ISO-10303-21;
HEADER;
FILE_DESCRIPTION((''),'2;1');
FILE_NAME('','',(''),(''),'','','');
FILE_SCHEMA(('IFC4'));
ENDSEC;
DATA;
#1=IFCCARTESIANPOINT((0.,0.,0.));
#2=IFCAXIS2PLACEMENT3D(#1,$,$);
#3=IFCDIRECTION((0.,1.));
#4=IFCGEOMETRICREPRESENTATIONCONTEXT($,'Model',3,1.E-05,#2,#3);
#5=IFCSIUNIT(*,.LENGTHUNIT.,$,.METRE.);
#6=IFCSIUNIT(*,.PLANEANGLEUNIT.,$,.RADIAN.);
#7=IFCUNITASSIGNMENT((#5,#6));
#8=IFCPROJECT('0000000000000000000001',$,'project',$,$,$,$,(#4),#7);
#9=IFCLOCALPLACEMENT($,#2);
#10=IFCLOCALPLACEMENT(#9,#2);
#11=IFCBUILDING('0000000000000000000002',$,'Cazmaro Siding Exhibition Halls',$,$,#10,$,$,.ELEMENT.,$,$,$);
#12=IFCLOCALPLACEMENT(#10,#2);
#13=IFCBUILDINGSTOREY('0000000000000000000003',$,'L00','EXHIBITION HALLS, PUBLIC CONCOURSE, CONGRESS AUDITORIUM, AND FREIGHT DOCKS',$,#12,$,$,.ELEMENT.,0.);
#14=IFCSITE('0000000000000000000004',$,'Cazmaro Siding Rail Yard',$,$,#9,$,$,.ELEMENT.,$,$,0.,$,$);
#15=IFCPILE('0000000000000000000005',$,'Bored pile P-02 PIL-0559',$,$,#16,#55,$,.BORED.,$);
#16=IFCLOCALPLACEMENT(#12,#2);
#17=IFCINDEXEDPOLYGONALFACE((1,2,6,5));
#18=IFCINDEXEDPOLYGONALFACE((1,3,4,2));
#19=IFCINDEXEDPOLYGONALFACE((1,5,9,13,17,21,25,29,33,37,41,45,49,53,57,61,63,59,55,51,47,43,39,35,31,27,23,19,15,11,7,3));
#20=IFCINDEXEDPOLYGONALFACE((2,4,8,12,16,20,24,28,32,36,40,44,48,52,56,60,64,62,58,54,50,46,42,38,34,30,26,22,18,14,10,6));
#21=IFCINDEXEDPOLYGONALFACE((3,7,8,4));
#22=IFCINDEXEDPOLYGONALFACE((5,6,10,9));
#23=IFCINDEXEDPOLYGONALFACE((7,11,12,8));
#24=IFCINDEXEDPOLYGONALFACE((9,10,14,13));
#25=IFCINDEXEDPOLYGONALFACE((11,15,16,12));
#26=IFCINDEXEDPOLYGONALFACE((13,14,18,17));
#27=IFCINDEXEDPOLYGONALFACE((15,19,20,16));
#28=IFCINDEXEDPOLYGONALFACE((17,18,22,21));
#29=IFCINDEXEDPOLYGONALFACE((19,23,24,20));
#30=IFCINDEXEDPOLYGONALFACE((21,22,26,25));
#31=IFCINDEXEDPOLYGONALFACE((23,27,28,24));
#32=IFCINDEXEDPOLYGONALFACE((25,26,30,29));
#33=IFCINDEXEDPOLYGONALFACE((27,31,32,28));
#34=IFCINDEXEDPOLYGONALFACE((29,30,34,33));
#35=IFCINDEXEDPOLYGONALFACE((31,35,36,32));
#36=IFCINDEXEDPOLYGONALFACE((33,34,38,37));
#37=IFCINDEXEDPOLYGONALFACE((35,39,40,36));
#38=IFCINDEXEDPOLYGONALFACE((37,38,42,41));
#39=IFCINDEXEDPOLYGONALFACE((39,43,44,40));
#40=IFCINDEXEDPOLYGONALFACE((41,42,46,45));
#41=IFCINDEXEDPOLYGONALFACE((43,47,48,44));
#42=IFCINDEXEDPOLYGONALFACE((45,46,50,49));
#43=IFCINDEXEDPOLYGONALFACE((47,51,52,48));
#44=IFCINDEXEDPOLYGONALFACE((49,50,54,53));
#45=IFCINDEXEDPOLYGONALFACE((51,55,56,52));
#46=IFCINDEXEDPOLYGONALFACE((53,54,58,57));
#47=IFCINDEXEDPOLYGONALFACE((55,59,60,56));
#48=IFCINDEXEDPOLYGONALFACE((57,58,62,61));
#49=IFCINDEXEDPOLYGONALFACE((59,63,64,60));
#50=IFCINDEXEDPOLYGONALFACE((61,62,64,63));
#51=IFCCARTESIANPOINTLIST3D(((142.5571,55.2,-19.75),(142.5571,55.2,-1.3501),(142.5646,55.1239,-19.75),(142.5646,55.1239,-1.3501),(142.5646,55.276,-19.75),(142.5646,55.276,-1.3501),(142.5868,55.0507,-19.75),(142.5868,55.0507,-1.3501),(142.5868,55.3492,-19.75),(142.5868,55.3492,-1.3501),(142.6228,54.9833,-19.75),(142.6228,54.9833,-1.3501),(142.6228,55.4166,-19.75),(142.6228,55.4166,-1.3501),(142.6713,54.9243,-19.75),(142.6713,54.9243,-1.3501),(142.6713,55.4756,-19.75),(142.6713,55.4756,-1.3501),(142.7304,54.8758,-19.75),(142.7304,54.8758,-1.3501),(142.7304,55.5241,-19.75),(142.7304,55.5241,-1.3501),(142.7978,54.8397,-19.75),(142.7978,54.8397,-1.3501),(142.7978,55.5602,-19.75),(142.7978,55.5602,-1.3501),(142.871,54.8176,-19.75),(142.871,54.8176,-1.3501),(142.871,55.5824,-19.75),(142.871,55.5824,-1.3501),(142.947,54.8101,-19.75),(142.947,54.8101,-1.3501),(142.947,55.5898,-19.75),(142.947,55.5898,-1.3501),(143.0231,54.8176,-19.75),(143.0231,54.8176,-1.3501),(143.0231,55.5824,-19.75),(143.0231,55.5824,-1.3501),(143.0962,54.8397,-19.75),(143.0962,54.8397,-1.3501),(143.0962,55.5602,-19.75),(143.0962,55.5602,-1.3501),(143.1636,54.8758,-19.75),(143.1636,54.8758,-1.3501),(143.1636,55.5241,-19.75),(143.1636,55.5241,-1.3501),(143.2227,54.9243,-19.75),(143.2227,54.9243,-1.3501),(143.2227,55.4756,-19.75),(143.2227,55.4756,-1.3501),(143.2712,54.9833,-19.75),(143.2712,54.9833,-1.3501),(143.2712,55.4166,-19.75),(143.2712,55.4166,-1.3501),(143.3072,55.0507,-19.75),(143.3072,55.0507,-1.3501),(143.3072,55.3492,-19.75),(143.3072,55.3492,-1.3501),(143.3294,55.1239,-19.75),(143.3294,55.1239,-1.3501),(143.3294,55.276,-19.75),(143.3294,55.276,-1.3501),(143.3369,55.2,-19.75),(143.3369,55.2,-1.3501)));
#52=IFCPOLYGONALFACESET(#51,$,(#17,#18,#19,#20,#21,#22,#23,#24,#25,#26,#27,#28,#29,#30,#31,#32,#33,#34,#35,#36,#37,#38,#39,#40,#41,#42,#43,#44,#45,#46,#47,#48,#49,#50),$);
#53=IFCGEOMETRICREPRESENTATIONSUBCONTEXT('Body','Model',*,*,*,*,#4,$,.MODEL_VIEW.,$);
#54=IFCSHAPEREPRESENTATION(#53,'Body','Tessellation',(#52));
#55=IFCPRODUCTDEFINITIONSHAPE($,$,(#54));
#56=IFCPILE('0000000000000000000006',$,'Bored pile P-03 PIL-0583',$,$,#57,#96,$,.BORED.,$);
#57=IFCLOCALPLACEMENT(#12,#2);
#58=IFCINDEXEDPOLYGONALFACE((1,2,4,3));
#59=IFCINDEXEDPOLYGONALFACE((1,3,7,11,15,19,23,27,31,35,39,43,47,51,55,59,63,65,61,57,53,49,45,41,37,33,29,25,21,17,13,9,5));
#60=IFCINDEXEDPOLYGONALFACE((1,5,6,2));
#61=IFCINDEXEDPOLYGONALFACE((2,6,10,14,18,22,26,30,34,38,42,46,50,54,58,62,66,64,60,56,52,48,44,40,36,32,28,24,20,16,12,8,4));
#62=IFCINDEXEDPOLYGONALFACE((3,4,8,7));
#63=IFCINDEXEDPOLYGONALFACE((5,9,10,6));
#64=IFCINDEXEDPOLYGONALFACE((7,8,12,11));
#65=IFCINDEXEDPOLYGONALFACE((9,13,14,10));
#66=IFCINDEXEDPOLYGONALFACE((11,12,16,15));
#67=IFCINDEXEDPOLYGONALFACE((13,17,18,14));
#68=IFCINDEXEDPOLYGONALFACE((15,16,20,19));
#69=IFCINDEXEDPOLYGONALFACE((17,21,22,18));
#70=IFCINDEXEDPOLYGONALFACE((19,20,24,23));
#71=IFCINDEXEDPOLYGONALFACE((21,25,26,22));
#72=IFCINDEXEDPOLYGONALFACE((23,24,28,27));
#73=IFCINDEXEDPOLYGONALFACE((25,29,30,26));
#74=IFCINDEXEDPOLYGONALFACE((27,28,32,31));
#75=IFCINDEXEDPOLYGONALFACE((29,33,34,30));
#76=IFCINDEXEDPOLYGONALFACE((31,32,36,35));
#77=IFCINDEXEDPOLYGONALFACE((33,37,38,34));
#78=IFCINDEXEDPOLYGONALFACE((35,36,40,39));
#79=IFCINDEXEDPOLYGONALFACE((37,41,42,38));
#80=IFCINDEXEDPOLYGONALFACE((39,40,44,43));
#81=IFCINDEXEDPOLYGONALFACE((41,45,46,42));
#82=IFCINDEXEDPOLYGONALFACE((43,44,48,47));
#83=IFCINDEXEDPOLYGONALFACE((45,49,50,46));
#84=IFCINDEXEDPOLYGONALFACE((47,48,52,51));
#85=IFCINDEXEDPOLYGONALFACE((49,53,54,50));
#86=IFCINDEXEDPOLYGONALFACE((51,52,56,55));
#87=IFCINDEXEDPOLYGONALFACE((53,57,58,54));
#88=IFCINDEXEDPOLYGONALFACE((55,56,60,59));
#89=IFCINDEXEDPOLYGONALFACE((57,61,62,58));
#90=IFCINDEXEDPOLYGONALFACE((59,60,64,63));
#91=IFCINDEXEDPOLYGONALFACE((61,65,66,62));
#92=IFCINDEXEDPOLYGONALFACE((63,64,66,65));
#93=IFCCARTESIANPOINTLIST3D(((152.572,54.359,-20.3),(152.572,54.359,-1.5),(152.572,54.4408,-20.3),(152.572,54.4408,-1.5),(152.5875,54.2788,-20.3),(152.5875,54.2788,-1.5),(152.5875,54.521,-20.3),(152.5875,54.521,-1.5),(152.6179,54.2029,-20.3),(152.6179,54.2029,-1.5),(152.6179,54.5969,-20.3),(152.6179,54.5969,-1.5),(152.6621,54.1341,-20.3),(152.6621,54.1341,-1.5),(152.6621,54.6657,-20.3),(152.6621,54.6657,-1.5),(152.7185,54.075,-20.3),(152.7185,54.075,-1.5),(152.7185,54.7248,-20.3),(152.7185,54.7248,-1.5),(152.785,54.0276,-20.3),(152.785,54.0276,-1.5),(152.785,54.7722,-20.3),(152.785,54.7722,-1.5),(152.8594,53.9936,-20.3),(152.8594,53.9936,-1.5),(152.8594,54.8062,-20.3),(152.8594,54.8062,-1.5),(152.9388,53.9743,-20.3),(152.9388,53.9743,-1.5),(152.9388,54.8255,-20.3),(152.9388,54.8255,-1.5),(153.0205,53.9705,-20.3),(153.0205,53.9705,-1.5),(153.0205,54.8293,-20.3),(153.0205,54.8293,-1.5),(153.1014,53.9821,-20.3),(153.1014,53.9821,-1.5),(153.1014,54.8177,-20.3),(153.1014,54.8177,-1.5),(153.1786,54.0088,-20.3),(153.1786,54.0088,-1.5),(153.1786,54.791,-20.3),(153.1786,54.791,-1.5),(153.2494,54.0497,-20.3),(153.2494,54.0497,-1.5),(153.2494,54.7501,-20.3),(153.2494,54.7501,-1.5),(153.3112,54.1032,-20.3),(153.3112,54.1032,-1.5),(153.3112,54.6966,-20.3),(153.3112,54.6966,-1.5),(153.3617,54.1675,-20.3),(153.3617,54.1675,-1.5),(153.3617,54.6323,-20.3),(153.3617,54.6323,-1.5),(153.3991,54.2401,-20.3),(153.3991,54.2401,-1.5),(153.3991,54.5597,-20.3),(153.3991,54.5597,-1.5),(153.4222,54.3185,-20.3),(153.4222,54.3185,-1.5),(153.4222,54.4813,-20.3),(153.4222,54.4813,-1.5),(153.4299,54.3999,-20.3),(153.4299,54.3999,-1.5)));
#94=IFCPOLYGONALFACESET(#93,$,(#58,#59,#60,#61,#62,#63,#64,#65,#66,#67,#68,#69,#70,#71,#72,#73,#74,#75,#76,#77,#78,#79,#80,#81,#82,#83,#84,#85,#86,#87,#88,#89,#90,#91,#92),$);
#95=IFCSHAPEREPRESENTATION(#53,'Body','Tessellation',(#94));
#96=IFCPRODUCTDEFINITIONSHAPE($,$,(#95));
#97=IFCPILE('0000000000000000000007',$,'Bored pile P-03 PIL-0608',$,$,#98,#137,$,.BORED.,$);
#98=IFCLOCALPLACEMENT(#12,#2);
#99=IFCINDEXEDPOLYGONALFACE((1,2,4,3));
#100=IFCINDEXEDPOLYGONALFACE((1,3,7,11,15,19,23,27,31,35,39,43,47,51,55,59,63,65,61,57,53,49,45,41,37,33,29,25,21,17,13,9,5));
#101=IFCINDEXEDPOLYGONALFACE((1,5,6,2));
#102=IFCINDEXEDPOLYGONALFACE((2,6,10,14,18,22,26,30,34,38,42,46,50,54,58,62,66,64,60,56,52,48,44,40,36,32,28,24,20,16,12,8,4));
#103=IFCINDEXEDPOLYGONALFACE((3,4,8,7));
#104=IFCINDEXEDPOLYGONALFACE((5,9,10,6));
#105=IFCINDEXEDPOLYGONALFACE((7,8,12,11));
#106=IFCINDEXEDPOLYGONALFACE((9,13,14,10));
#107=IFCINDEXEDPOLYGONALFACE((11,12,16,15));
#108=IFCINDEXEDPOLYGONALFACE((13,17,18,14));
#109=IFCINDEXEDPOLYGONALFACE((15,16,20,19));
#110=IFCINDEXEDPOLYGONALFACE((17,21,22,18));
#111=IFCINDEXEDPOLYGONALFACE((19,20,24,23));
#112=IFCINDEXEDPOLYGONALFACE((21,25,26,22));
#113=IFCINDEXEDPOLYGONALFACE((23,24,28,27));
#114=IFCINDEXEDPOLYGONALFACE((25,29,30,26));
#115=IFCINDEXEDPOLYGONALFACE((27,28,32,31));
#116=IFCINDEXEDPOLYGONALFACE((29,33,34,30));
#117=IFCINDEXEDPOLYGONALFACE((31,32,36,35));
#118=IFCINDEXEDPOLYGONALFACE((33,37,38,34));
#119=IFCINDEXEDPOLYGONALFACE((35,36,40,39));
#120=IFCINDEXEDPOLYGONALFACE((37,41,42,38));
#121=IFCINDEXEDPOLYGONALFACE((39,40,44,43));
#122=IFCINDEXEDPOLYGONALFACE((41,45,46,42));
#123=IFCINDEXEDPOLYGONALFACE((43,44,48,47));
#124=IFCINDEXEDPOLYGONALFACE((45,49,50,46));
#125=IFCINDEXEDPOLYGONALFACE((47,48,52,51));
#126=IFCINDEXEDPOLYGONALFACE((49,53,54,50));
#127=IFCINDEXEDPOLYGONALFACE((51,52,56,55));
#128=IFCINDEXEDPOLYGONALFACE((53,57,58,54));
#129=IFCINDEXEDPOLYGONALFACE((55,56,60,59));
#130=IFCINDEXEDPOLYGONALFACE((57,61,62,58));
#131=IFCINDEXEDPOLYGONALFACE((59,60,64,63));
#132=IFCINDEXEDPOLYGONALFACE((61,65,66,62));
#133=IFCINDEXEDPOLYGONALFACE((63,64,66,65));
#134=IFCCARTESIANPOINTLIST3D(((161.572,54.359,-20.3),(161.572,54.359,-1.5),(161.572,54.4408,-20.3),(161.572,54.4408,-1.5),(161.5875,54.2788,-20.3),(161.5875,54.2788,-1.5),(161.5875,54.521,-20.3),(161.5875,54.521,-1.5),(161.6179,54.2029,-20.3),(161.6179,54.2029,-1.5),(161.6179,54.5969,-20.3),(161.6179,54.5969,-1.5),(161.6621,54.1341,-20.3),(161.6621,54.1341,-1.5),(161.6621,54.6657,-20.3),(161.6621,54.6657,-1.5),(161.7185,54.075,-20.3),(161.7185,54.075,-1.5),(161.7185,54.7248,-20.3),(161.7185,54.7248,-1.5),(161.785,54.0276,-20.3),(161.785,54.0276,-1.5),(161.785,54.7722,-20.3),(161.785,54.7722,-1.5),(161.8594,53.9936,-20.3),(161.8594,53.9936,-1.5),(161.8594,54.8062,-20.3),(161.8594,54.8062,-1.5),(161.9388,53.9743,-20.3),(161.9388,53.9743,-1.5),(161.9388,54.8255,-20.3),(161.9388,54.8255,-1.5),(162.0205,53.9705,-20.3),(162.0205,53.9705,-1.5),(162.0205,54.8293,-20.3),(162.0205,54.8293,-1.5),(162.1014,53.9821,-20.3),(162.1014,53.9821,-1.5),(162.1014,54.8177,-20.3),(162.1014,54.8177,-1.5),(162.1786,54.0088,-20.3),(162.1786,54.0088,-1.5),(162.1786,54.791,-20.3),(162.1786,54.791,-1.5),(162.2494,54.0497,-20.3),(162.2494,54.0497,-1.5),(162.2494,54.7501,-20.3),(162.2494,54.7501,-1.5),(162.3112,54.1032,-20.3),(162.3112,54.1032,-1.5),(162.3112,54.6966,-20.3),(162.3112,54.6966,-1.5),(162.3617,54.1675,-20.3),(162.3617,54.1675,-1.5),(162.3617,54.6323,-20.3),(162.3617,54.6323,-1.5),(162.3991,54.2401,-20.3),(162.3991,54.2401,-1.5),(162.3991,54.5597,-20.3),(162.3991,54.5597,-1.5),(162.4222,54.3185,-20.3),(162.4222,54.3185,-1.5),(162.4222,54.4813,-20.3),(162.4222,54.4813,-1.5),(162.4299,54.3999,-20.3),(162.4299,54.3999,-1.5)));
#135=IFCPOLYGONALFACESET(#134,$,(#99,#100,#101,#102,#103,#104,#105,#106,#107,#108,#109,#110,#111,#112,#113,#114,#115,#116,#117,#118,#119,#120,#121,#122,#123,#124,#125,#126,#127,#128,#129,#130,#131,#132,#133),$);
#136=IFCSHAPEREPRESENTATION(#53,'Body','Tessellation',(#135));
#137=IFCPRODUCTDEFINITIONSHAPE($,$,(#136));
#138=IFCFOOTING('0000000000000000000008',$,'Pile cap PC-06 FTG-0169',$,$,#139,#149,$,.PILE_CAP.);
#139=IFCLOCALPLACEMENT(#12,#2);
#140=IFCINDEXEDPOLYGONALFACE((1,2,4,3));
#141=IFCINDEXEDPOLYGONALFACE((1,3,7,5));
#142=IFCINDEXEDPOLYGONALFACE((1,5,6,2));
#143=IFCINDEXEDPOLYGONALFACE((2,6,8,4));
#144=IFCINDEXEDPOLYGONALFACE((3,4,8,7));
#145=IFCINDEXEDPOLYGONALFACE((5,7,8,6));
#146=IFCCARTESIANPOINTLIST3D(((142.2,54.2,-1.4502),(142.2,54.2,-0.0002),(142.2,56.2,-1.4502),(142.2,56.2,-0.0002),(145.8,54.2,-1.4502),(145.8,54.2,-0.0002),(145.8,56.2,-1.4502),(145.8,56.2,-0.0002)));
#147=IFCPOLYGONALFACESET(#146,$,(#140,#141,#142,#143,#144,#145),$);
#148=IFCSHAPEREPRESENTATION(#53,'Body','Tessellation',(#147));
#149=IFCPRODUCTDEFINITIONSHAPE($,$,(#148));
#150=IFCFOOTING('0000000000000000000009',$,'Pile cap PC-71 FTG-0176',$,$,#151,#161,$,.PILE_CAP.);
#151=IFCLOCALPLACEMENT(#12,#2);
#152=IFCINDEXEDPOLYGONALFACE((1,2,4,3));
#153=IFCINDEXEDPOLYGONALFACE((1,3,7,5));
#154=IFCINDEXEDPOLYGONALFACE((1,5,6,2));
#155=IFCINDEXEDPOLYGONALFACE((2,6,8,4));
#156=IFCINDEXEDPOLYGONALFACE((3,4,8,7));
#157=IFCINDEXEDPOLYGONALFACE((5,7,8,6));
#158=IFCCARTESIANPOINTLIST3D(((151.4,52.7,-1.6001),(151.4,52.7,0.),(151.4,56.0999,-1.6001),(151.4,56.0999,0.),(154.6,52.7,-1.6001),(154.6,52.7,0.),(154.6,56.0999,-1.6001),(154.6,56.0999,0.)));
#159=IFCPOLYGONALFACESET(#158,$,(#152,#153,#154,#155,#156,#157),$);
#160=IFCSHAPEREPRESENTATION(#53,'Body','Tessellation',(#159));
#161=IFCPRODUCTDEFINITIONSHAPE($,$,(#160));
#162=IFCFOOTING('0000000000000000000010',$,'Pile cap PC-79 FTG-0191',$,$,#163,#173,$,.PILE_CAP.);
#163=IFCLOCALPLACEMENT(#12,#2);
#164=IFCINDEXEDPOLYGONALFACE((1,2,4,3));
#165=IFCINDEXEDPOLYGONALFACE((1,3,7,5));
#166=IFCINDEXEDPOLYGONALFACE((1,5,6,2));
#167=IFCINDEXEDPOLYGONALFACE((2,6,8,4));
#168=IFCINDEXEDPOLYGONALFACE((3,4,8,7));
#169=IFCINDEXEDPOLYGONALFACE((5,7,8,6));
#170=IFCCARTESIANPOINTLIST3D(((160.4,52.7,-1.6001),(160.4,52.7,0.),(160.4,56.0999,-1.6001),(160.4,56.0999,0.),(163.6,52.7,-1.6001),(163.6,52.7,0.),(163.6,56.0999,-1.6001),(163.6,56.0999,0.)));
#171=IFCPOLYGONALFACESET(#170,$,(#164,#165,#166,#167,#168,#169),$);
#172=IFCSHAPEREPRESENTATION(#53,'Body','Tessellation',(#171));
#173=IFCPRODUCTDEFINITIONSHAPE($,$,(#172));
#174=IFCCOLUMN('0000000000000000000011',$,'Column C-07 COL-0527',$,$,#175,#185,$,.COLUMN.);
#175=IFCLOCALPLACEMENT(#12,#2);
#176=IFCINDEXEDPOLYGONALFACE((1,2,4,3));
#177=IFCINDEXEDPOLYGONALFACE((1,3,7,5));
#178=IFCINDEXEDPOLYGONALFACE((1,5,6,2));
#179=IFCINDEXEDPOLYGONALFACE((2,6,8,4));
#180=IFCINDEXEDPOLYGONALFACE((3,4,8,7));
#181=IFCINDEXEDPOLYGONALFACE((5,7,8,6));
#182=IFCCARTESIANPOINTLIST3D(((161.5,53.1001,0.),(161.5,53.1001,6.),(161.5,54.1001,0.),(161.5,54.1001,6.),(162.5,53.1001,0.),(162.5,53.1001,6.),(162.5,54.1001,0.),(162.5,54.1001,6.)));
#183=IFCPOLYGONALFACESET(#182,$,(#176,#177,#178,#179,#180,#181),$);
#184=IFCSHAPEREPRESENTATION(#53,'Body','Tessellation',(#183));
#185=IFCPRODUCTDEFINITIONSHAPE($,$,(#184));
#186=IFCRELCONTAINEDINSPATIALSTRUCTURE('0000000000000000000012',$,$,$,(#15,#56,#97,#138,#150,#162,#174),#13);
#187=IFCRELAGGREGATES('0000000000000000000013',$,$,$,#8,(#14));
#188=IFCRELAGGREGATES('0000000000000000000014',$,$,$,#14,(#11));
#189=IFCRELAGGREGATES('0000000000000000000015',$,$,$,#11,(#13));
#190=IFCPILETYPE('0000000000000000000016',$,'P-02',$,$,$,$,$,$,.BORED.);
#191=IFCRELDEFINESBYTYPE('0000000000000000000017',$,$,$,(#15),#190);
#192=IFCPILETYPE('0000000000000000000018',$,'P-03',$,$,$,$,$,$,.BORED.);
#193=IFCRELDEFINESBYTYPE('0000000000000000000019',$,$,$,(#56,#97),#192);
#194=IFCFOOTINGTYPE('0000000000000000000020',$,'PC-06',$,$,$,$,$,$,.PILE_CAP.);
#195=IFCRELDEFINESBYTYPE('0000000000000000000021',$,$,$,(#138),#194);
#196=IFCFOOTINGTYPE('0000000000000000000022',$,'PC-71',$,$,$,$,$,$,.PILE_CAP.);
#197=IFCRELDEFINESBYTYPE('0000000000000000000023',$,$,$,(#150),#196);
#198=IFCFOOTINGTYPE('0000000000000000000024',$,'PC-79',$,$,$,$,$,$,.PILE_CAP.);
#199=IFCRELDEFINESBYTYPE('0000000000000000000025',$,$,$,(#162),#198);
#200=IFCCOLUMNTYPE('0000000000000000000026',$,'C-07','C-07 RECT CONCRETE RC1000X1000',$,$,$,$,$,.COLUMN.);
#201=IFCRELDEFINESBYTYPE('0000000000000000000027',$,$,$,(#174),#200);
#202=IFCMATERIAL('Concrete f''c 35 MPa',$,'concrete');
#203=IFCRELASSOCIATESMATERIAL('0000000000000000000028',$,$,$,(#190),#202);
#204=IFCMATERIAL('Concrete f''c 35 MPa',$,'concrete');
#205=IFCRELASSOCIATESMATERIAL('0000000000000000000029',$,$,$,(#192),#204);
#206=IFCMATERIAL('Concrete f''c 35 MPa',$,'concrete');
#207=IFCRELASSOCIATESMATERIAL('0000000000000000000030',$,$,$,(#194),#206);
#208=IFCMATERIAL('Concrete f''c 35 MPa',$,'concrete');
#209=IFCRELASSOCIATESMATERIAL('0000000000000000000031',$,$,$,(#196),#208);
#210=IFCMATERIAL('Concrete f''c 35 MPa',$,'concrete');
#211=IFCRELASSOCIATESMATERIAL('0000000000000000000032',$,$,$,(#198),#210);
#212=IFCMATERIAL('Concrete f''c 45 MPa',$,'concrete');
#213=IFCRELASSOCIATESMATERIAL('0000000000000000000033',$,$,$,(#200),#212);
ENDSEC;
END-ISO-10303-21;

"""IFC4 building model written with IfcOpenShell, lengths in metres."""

from ifc_helpers import new_model, si_unit, direction, frame, origin, origin_2d, place, context, subcontext, project, spatial, rectangle, circle, extrude, material, material_profile, profile_set, type_object, element, save


model = new_model("IFC4")

# Units and contexts
model_context = context("Model", 3, precision=1e-05, world=origin(), true_north=direction((0.0, 1.0)))
body_context = subcontext(model_context, "Body", "Model", "MODEL_VIEW")
ifc_project = project(units=[si_unit("LENGTHUNIT", "METRE"), si_unit("PLANEANGLEUNIT", "RADIAN")], contexts=[model_context])

# Site, building, storey
site_placement = place(None, origin())
site = spatial("IfcSite", under=ifc_project, at=site_placement, Name="Cazmaro Siding Rail Yard", CompositionType="ELEMENT", RefElevation=0.0)
building_placement = place(site_placement, origin())
building = spatial("IfcBuilding", under=site, at=building_placement, Name="Cazmaro Siding Exhibition Halls", CompositionType="ELEMENT")
storey_placement = place(building_placement, origin())
storey = spatial("IfcBuildingStorey", under=building, at=storey_placement, Name="L00", Description="EXHIBITION HALLS, PUBLIC CONCOURSE, CONGRESS AUDITORIUM, AND FREIGHT DOCKS", CompositionType="ELEMENT", Elevation=0.0)

# Piles
ifc_material_1 = material(Name="Concrete f'c 35 MPa", Category="concrete")
ifc_material_profile_1 = material_profile(ifc_material_1, circle(Radius=0.3899, at=origin_2d()), Name="CIDH-780")
ifc_profile_set_1 = profile_set([ifc_material_profile_1], Name="Concrete f'c 35 MPa")
pile_type_1 = type_object("IfcPileType", Name="P-02", PredefinedType="BORED", material=ifc_profile_set_1)
pile_placement = place(storey_placement, frame((142.947, 55.2, -1.3501), z_axis=(0.0, 0.0, -1.0), x_axis=(1.0, 0.0, 0.0)))
element("IfcPile", 1, at=pile_placement, inside=storey, type_object=pile_type_1, Name="Bored pile P-02 PIL-0559", PredefinedType="BORED", context=body_context, shape_type="SweptSolid", body=[
    extrude(circle(Radius=0.3899, at=origin_2d()), origin(), (0.0, 0.0, 1.0), 18.3999),
])
ifc_material_2 = material(Name="Concrete f'c 35 MPa", Category="concrete")
ifc_material_profile_2 = material_profile(ifc_material_2, circle(Radius=0.4299, at=origin_2d()), Name="CIDH-860")
ifc_profile_set_2 = profile_set([ifc_material_profile_2], Name="Concrete f'c 35 MPa")
pile_type_2 = type_object("IfcPileType", Name="P-03", PredefinedType="BORED", material=ifc_profile_set_2)
for number, where, z_axis, x_axis, name in (
    (2, (153.0, 54.3999, -1.5), (0.0, 0.0, -1.0), (1.0, 0.0, 0.0), "Bored pile P-03 PIL-0583"),
    (3, (162.0, 54.3999, -1.5), (0.0, 0.0, -1.0), (1.0, 0.0, 0.0), "Bored pile P-03 PIL-0608"),
):
    element("IfcPile", number, at=place(storey_placement, frame(where, z_axis=z_axis, x_axis=x_axis)), inside=storey, type_object=pile_type_2, Name=name, PredefinedType="BORED", context=body_context, shape_type="SweptSolid", body=[
        extrude(circle(Radius=0.4299, at=origin_2d()), origin(), (0.0, 0.0, 1.0), 18.8),
    ])

# Footings
ifc_material_3 = material(Name="Concrete f'c 35 MPa", Category="concrete")
footing_type_1 = type_object("IfcFootingType", Name="PC-06", PredefinedType="PILE_CAP", material=ifc_material_3)
footing_1_placement = place(storey_placement, frame((144.0, 55.2, -1.4502), z_axis=(0.0, 0.0, 1.0), x_axis=(1.0, 0.0, 0.0)))
element("IfcFooting", 4, at=footing_1_placement, inside=storey, type_object=footing_type_1, Name="Pile cap PC-06 FTG-0169", PredefinedType="PILE_CAP", context=body_context, shape_type="SweptSolid", body=[
    extrude(rectangle(XDim=3.6001, YDim=2.0, at=origin_2d()), origin(), (0.0, 0.0, 1.0), 1.45),
])
ifc_material_4 = material(Name="Concrete f'c 35 MPa", Category="concrete")
footing_type_2 = type_object("IfcFootingType", Name="PC-71", PredefinedType="PILE_CAP", material=ifc_material_4)
footing_2_placement = place(storey_placement, frame((153.0, 54.3999, -1.6001), z_axis=(0.0, 0.0, 1.0), x_axis=(1.0, 0.0, 0.0)))
element("IfcFooting", 5, at=footing_2_placement, inside=storey, type_object=footing_type_2, Name="Pile cap PC-71 FTG-0176", PredefinedType="PILE_CAP", context=body_context, shape_type="SweptSolid", body=[
    extrude(rectangle(XDim=3.2, YDim=3.3999, at=origin_2d()), origin(), (0.0, 0.0, 1.0), 1.6001),
])
ifc_material_5 = material(Name="Concrete f'c 35 MPa", Category="concrete")
footing_type_3 = type_object("IfcFootingType", Name="PC-79", PredefinedType="PILE_CAP", material=ifc_material_5)
footing_3_placement = place(storey_placement, frame((162.0, 54.3999, -1.6001), z_axis=(0.0, 0.0, 1.0), x_axis=(1.0, 0.0, 0.0)))
element("IfcFooting", 6, at=footing_3_placement, inside=storey, type_object=footing_type_3, Name="Pile cap PC-79 FTG-0191", PredefinedType="PILE_CAP", context=body_context, shape_type="SweptSolid", body=[
    extrude(rectangle(XDim=3.2, YDim=3.3999, at=origin_2d()), origin(), (0.0, 0.0, 1.0), 1.6001),
])

# Column
ifc_material_6 = material(Name="Concrete f'c 45 MPa", Category="concrete")
ifc_material_profile_3 = material_profile(ifc_material_6, rectangle(XDim=1.0, YDim=1.0, at=origin_2d()), Name="RC1000X1000")
ifc_profile_set_3 = profile_set([ifc_material_profile_3], Name="Concrete f'c 45 MPa")
column_type_1 = type_object("IfcColumnType", Name="C-07", Description="C-07 RECT CONCRETE RC1000X1000", PredefinedType="COLUMN", material=ifc_profile_set_3)
column_1_placement = place(storey_placement, frame((162.0, 53.6001, 0.0), z_axis=(0.0, 0.0, 1.0), x_axis=(1.0, 0.0, 0.0)))
element("IfcColumn", 7, at=column_1_placement, inside=storey, type_object=column_type_1, Name="Column C-07 COL-0527", PredefinedType="COLUMN", context=body_context, shape_type="SweptSolid", body=[
    extrude(rectangle(XDim=1.0, YDim=1.0, at=origin_2d()), origin(), (0.0, 0.0, 1.0), 6.0),
])

save(model, "model.ifc")
